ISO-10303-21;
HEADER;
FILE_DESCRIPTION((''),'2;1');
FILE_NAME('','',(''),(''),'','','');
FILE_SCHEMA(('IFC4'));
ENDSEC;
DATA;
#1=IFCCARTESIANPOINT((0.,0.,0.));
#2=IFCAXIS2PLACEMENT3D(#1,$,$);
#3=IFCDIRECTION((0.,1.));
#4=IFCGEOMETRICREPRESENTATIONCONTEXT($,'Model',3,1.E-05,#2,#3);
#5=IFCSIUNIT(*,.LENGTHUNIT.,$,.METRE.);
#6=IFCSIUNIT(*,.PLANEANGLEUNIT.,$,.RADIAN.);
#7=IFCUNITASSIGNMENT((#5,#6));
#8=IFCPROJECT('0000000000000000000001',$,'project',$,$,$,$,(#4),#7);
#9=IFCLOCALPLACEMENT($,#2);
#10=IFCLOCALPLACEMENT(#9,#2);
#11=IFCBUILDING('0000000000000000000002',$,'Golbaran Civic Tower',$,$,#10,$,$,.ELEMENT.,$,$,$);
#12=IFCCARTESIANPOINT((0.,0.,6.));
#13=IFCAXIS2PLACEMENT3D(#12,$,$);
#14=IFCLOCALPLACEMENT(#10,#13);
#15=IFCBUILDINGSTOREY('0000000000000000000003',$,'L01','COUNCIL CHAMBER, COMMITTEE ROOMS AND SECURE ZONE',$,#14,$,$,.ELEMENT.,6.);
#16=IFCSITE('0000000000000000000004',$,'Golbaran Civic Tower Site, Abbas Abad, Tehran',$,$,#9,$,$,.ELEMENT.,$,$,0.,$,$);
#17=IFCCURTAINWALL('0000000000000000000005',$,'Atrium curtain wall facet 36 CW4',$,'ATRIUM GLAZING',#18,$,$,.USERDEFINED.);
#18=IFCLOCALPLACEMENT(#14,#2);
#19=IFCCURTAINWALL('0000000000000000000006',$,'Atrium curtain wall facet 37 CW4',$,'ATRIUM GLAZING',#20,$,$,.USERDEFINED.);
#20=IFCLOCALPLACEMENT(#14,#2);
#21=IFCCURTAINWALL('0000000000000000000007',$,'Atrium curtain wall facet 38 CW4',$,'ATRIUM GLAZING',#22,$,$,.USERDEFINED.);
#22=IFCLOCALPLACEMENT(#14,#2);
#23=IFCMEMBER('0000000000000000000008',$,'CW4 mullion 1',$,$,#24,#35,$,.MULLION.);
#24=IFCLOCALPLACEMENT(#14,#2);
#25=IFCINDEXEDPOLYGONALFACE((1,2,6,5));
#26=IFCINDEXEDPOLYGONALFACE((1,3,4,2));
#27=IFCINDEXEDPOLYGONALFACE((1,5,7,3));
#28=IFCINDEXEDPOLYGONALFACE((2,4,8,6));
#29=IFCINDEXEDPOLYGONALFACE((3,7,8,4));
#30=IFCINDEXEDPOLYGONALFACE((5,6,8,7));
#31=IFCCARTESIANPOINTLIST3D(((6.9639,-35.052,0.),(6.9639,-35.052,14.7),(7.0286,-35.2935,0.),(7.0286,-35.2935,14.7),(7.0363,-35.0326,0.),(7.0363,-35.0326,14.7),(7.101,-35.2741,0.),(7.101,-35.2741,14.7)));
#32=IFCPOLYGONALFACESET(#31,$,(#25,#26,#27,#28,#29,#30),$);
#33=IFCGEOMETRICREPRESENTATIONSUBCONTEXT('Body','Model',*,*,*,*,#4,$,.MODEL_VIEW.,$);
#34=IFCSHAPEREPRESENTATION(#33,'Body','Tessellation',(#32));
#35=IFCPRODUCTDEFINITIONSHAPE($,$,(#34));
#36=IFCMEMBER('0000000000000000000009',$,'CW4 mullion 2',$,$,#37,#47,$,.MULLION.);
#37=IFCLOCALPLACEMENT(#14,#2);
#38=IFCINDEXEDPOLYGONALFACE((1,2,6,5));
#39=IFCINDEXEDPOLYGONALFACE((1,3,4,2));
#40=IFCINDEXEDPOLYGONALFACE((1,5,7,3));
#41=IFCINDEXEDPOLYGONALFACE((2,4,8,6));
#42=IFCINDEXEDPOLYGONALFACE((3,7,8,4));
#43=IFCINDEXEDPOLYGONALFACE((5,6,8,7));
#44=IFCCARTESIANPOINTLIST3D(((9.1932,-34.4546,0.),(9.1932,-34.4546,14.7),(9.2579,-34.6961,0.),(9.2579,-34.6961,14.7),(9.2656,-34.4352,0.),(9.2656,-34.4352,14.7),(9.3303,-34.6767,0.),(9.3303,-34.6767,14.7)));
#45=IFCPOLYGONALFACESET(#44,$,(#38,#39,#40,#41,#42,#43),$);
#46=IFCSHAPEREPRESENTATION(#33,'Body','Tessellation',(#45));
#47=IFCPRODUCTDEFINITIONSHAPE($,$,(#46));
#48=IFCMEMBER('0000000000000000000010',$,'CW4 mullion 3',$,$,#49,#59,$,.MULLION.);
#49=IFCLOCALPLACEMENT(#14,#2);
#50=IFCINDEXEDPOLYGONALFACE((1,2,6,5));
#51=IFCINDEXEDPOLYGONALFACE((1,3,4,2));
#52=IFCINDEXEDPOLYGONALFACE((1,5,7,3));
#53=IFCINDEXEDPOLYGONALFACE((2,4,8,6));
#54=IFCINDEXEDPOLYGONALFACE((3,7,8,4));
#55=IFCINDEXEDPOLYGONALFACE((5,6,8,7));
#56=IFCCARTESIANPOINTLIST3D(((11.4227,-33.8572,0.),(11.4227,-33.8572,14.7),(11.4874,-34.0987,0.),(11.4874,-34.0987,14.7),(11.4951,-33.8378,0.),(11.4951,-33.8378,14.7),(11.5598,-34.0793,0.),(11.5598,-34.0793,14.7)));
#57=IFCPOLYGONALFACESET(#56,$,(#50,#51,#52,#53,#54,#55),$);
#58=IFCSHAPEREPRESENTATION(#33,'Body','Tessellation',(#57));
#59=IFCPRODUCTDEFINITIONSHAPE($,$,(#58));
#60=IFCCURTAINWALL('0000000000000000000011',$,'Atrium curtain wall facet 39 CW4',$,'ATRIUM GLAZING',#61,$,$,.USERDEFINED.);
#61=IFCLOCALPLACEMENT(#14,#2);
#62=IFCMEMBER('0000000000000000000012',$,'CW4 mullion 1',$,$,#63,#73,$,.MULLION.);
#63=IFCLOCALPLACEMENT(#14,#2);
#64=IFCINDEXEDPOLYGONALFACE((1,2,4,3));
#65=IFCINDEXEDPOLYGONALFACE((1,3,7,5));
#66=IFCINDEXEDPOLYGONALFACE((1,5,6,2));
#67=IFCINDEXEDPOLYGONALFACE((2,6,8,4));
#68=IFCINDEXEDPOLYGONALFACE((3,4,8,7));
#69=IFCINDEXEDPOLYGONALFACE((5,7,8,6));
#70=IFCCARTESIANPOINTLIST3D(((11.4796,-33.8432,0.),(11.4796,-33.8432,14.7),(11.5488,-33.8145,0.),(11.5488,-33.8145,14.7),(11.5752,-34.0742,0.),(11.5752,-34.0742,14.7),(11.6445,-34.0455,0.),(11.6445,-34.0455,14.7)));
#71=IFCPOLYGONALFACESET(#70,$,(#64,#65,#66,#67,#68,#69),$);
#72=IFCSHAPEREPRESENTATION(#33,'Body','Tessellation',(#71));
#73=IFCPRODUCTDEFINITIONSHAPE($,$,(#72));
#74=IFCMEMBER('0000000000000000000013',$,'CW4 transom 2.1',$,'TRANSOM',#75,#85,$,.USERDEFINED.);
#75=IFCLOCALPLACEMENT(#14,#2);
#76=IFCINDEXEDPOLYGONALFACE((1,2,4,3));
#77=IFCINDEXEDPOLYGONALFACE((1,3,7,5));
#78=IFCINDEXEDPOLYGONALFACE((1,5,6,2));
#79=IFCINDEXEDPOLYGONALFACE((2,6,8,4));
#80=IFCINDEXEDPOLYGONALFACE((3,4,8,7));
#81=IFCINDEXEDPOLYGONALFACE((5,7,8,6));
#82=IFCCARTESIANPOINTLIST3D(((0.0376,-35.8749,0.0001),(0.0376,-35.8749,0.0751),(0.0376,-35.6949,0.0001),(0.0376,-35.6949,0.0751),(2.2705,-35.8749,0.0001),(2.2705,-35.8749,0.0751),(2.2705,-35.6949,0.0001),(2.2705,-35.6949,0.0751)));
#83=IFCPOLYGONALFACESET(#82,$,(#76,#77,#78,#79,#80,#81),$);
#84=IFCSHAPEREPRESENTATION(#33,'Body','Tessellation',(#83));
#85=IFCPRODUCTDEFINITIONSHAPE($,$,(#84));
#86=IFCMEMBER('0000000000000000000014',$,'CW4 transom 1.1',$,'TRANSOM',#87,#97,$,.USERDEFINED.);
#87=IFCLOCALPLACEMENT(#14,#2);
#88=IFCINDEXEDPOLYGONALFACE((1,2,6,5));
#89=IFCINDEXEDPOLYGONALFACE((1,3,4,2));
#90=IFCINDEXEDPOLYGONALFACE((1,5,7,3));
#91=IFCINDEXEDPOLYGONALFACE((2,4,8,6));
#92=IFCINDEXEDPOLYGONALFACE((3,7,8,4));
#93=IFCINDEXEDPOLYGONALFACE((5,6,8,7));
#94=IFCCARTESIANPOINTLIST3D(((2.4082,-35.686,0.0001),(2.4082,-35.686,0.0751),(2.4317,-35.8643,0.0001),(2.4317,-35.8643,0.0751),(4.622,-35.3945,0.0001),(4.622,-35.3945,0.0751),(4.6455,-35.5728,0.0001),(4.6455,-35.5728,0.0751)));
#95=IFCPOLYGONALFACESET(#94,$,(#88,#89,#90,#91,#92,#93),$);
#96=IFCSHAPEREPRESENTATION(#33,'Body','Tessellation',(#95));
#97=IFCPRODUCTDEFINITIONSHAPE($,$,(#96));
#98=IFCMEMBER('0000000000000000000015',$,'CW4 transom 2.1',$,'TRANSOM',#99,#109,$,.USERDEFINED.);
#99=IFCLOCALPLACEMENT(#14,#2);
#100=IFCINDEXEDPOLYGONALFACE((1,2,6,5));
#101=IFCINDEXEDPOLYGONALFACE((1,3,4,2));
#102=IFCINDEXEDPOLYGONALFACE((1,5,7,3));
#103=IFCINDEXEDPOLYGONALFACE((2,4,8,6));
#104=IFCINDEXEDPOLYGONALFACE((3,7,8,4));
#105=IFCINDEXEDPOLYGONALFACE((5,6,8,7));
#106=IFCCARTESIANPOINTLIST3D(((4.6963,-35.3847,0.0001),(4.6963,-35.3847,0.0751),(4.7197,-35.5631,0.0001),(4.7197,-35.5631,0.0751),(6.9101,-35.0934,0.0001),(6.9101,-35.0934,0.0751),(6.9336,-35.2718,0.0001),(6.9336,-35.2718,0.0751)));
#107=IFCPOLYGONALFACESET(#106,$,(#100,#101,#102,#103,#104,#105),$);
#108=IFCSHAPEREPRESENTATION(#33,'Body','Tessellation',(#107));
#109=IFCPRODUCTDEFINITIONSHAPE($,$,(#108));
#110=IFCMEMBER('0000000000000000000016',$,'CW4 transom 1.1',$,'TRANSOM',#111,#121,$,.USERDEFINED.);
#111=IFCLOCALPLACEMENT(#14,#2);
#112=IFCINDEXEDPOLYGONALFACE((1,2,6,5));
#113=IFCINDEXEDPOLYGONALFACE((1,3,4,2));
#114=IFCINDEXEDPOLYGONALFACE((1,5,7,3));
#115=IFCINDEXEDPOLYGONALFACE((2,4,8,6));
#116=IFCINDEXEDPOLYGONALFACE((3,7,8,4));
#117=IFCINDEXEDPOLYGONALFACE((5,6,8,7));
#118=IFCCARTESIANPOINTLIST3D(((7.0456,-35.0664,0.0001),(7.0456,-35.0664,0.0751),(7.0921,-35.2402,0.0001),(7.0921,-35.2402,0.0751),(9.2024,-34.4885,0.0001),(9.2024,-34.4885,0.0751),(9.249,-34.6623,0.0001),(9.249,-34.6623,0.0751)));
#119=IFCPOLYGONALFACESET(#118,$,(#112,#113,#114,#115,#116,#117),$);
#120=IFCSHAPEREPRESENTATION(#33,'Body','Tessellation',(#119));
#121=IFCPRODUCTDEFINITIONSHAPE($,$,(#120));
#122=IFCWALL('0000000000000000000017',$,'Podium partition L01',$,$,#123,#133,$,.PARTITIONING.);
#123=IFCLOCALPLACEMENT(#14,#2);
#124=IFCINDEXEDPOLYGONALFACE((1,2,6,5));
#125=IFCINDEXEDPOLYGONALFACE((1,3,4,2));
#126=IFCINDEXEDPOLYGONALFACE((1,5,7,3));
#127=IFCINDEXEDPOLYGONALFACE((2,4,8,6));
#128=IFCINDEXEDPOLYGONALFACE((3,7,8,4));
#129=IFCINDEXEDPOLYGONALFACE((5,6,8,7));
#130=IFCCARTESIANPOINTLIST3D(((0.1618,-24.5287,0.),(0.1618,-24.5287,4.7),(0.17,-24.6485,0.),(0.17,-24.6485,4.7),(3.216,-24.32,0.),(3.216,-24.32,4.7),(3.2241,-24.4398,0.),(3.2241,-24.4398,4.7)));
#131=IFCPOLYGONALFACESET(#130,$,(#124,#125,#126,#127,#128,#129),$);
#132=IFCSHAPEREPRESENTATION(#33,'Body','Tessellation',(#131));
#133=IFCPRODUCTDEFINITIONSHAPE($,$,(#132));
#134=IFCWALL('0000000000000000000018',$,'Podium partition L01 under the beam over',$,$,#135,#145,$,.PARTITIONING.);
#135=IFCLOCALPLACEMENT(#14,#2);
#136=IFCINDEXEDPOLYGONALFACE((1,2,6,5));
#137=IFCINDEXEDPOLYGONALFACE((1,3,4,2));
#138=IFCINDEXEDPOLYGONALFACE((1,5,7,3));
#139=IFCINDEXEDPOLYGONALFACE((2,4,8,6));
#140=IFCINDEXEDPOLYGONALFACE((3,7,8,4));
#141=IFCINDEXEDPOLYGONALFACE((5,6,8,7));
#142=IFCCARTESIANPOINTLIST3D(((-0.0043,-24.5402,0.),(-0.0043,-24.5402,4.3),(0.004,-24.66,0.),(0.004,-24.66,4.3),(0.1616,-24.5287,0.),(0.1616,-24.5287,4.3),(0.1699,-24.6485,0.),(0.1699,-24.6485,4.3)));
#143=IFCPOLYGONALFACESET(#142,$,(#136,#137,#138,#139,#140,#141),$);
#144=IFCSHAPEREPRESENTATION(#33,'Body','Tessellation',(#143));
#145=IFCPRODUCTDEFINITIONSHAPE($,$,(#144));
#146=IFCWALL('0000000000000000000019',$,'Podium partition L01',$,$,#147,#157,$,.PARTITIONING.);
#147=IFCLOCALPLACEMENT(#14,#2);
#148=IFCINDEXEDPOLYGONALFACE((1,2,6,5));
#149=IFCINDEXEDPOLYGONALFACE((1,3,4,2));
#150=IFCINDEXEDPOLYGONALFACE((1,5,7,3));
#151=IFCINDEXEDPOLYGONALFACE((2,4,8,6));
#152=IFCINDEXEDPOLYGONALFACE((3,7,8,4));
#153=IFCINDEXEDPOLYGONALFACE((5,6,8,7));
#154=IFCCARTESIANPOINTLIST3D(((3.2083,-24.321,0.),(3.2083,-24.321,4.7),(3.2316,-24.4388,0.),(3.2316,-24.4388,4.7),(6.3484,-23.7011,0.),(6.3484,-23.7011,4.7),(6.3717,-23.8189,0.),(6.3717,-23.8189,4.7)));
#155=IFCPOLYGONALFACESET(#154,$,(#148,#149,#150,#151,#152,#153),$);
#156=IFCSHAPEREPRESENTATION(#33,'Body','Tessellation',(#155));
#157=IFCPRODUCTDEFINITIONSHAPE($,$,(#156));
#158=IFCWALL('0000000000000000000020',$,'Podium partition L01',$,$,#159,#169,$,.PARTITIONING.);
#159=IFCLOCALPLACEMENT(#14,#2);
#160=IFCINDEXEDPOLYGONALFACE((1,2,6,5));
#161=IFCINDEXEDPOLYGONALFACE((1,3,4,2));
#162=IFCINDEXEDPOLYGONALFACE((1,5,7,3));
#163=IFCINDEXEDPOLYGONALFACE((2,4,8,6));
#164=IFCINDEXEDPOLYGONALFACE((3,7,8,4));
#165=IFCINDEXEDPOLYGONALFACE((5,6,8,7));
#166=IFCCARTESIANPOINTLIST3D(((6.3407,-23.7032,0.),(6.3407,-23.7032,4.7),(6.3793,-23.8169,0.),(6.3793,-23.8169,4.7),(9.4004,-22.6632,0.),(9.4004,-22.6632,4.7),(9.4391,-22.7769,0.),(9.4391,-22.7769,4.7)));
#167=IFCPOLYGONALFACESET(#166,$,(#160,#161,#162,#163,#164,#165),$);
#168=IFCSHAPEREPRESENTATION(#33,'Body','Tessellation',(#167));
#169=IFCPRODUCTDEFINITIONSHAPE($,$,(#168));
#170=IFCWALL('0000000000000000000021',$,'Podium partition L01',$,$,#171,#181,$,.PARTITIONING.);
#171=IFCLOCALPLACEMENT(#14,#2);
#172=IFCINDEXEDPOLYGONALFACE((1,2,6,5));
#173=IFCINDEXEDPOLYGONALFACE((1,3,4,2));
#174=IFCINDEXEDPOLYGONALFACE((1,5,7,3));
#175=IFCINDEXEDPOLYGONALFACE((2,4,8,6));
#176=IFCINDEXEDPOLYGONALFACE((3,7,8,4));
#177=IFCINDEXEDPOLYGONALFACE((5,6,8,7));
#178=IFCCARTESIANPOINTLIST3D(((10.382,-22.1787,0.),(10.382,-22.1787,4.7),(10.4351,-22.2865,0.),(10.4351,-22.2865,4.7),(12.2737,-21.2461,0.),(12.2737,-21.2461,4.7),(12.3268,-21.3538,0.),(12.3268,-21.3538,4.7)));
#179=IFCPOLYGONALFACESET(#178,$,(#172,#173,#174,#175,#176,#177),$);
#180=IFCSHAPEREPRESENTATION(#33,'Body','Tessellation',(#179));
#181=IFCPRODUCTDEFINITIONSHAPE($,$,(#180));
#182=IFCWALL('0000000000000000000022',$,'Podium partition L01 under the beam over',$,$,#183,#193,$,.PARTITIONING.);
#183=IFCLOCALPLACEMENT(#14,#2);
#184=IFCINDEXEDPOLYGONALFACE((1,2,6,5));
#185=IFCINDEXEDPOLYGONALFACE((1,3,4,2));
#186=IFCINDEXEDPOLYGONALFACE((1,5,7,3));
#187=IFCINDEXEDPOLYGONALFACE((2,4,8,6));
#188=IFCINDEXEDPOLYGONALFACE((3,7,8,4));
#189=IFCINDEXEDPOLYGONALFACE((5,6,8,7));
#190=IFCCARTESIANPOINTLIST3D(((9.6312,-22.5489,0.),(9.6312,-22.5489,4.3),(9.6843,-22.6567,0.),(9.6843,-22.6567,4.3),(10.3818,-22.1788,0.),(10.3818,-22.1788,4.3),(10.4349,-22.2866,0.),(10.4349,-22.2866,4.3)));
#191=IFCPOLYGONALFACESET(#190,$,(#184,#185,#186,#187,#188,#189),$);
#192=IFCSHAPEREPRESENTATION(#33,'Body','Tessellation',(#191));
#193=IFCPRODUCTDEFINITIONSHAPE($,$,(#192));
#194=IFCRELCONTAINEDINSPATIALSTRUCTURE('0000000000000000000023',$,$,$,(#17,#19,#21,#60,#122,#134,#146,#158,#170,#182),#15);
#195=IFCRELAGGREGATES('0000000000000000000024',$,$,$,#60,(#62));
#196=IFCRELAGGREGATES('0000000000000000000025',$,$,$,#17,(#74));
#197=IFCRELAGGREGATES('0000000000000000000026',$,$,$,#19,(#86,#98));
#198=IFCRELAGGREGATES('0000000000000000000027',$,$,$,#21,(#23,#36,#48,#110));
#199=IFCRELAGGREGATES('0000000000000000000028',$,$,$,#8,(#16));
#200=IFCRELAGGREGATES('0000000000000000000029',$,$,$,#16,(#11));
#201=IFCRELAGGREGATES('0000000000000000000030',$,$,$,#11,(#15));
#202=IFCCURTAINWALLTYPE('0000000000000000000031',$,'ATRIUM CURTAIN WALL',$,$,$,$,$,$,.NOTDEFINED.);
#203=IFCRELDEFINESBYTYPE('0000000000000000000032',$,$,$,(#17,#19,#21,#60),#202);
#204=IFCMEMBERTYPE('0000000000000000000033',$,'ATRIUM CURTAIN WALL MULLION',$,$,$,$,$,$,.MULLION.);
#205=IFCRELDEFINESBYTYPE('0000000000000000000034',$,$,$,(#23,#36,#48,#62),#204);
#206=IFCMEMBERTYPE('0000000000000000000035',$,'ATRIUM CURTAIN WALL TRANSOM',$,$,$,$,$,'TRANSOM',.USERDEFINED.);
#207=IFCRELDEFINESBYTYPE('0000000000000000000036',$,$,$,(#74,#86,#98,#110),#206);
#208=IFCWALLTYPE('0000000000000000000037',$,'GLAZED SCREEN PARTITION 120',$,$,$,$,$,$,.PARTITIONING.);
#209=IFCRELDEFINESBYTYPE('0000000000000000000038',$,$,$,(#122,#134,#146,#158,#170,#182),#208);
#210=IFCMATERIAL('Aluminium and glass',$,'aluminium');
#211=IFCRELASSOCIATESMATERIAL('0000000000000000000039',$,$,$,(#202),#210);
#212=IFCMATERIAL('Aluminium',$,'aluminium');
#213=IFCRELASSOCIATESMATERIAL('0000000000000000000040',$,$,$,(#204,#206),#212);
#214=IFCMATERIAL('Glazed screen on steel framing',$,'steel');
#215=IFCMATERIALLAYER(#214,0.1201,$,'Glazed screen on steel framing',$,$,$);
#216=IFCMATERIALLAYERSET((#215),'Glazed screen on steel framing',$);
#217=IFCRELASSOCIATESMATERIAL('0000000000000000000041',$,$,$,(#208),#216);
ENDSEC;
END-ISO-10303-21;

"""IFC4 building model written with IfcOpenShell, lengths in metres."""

from ifc_helpers import new_model, si_unit, direction, frame, frame_2d, origin, origin_2d, place, context, subcontext, project, spatial, rectangle, extrude, material, layer, layer_set, material_profile, profile_set, type_object, element, aggregate, save


model = new_model("IFC4")

# Units and contexts
model_context = context("Model", 3, precision=1e-05, world=origin(), true_north=direction((0.0, 1.0)))
body_context = subcontext(model_context, "Body", "Model", "MODEL_VIEW")
ifc_project = project(units=[si_unit("LENGTHUNIT", "METRE"), si_unit("PLANEANGLEUNIT", "RADIAN")], contexts=[model_context])

# Site, building, storey
site_placement = place(None, origin())
site = spatial("IfcSite", under=ifc_project, at=site_placement, Name="Golbaran Civic Tower Site, Abbas Abad, Tehran", CompositionType="ELEMENT", RefElevation=0.0)
building_placement = place(site_placement, origin())
building = spatial("IfcBuilding", under=site, at=building_placement, Name="Golbaran Civic Tower", CompositionType="ELEMENT")
storey_placement = place(building_placement, frame((0.0, 0.0, 6.0)))
storey = spatial("IfcBuildingStorey", under=building, at=storey_placement, Name="L01", Description="COUNCIL CHAMBER, COMMITTEE ROOMS AND SECURE ZONE", CompositionType="ELEMENT", Elevation=6.0)

# Curtain wall
ifc_material_1 = material(Name="Aluminium and glass", Category="aluminium")
curtain_wall_type = type_object("IfcCurtainWallType", Name="ATRIUM CURTAIN WALL", PredefinedType="NOTDEFINED", material=ifc_material_1)
curtain_wall_1_placement = place(storey_placement, origin())
curtain_wall_1 = element("IfcCurtainWall", 1, at=curtain_wall_1_placement, inside=storey, type_object=curtain_wall_type, Name="Atrium curtain wall facet 36 CW4", ObjectType="ATRIUM GLAZING", PredefinedType="USERDEFINED")
ifc_material_2 = material(Name="Aluminium", Category="aluminium")
ifc_material_profile_1 = material_profile(ifc_material_2, rectangle(XDim=0.25, YDim=0.075, at=origin_2d()), Name="ATRIUM CURTAIN WALL MULLION")
ifc_profile_set_1 = profile_set([ifc_material_profile_1], Name="Aluminium")
member_type_1 = type_object("IfcMemberType", Name="ATRIUM CURTAIN WALL MULLION", PredefinedType="MULLION", material=ifc_profile_set_1)

# Curtain walls, members
curtain_wall_2_placement = place(storey_placement, origin())
curtain_wall_2 = element("IfcCurtainWall", 2, at=curtain_wall_2_placement, inside=storey, type_object=curtain_wall_type, Name="Atrium curtain wall facet 37 CW4", ObjectType="ATRIUM GLAZING", PredefinedType="USERDEFINED")
curtain_wall_3_placement = place(storey_placement, origin())
curtain_wall_3 = element("IfcCurtainWall", 3, at=curtain_wall_3_placement, inside=storey, type_object=curtain_wall_type, Name="Atrium curtain wall facet 38 CW4", ObjectType="ATRIUM GLAZING", PredefinedType="USERDEFINED")
member_1_placement = place(storey_placement, frame((7.0325, -35.1631, 0.0), z_axis=(0.0, 0.0, 1.0), x_axis=(-0.258819, 0.965926, 0.0)))
member_1 = element("IfcMember", 4, at=member_1_placement, type_object=member_type_1, Name="CW4 mullion 1", PredefinedType="MULLION", context=body_context, shape_type="SweptSolid", body=[
    extrude(rectangle(XDim=0.25, YDim=0.075, at=origin_2d()), origin(), (0.0, 0.0, 1.0), 14.7),
])
member_2_placement = place(storey_placement, frame((9.2617, -34.5657, 0.0), z_axis=(0.0, 0.0, 1.0), x_axis=(-0.258819, 0.965926, 0.0)))
member_2 = element("IfcMember", 5, at=member_2_placement, type_object=member_type_1, Name="CW4 mullion 2", PredefinedType="MULLION", context=body_context, shape_type="SweptSolid", body=[
    extrude(rectangle(XDim=0.25, YDim=0.075, at=origin_2d()), origin(), (0.0, 0.0, 1.0), 14.7),
])
member_3_placement = place(storey_placement, frame((11.4912, -33.9683, 0.0), z_axis=(0.0, 0.0, 1.0), x_axis=(-0.258819, 0.965926, 0.0)))
member_3 = element("IfcMember", 6, at=member_3_placement, type_object=member_type_1, Name="CW4 mullion 3", PredefinedType="MULLION", context=body_context, shape_type="SweptSolid", body=[
    extrude(rectangle(XDim=0.25, YDim=0.075, at=origin_2d()), origin(), (0.0, 0.0, 1.0), 14.7),
])

# Curtain wall, member
curtain_wall_4_placement = place(storey_placement, origin())
curtain_wall_4 = element("IfcCurtainWall", 7, at=curtain_wall_4_placement, inside=storey, type_object=curtain_wall_type, Name="Atrium curtain wall facet 39 CW4", ObjectType="ATRIUM GLAZING", PredefinedType="USERDEFINED")
member_4_placement = place(storey_placement, frame((11.562, -33.9443, 0.0), z_axis=(0.0, 0.0, 1.0), x_axis=(-0.382683, 0.92388, 0.0)))
member_4 = element("IfcMember", 8, at=member_4_placement, type_object=member_type_1, Name="CW4 mullion 1", PredefinedType="MULLION", context=body_context, shape_type="SweptSolid", body=[
    extrude(rectangle(XDim=0.25, YDim=0.075, at=origin_2d()), origin(), (0.0, 0.0, 1.0), 14.7),
])
aggregate(curtain_wall_4, [member_4])

# Members
ifc_material_profile_2 = material_profile(ifc_material_2, rectangle(XDim=0.1799, YDim=0.075, at=origin_2d()), Name="ATRIUM CURTAIN WALL TRANSOM")
ifc_profile_set_2 = profile_set([ifc_material_profile_2], Name="Aluminium")
member_type_2 = type_object("IfcMemberType", Name="ATRIUM CURTAIN WALL TRANSOM", ElementType="TRANSOM", PredefinedType="USERDEFINED", material=ifc_profile_set_2)
member_5_placement = place(storey_placement, frame((0.0376, -35.7849, 0.0376), z_axis=(1.0, 0.0, 0.0), x_axis=(0.0, 1.0, 0.0)))
member_5 = element("IfcMember", 9, at=member_5_placement, type_object=member_type_2, Name="CW4 transom 2.1", ObjectType="TRANSOM", PredefinedType="USERDEFINED", context=body_context, shape_type="SweptSolid", body=[
    extrude(rectangle(XDim=0.1799, YDim=0.075, at=origin_2d()), origin(), (0.0, 0.0, 1.0), 2.2329),
])
aggregate(curtain_wall_1, [member_5])
member_6_placement = place(storey_placement, frame((2.4199, -35.7751, 0.0376), z_axis=(0.991442, 0.130545, 0.0), x_axis=(-0.130545, 0.991442, 0.0)))
member_6 = element("IfcMember", 10, at=member_6_placement, type_object=member_type_2, Name="CW4 transom 1.1", ObjectType="TRANSOM", PredefinedType="USERDEFINED", context=body_context, shape_type="SweptSolid", body=[
    extrude(rectangle(XDim=0.1799, YDim=0.075, at=origin_2d()), origin(), (0.0, 0.0, 1.0), 2.2329),
])
member_7_placement = place(storey_placement, frame((4.708, -35.4739, 0.0376), z_axis=(0.991457, 0.130438, 0.0), x_axis=(-0.130438, 0.991457, 0.0)))
member_7 = element("IfcMember", 11, at=member_7_placement, type_object=member_type_2, Name="CW4 transom 2.1", ObjectType="TRANSOM", PredefinedType="USERDEFINED", context=body_context, shape_type="SweptSolid", body=[
    extrude(rectangle(XDim=0.1799, YDim=0.075, at=origin_2d()), origin(), (0.0, 0.0, 1.0), 2.2329),
])
aggregate(curtain_wall_2, [member_6, member_7])
member_8_placement = place(storey_placement, frame((7.0688, -35.1533, 0.0376), z_axis=(0.965928, 0.258813, 0.0), x_axis=(-0.258813, 0.965928, 0.0)))
member_8 = element("IfcMember", 12, at=member_8_placement, type_object=member_type_2, Name="CW4 transom 1.1", ObjectType="TRANSOM", PredefinedType="USERDEFINED", context=body_context, shape_type="SweptSolid", body=[
    extrude(rectangle(XDim=0.1799, YDim=0.075, at=origin_2d()), origin(), (0.0, 0.0, 1.0), 2.2329),
])
aggregate(curtain_wall_3, [member_1, member_2, member_3, member_8])

# Walls
ifc_material_3 = material(Name="Glazed screen on steel framing", Category="steel")
ifc_layer = layer(ifc_material_3, 0.1201, Name="Glazed screen on steel framing")
ifc_layer_set = layer_set([ifc_layer], Name="Glazed screen on steel framing")
wall_type = type_object("IfcWallType", Name="GLAZED SCREEN PARTITION 120", PredefinedType="PARTITIONING", material=ifc_layer_set)
wall_1_placement = place(storey_placement, frame((0.1658, -24.5886, 0.0), z_axis=(0.0, 0.0, 1.0), x_axis=(0.997673, 0.068186, 0.0)))
element("IfcWall", 13, at=wall_1_placement, inside=storey, type_object=wall_type, Name="Podium partition L01", PredefinedType="PARTITIONING", context=body_context, shape_type="SweptSolid", body=[
    extrude(rectangle(XDim=3.0613, YDim=0.1201, at=frame_2d((1.5308, 0.0))), origin(), (0.0, 0.0, 1.0), 4.7),
])
wall_2_placement = place(storey_placement, frame((0.0, -24.6001, 0.0), z_axis=(0.0, 0.0, 1.0), x_axis=(0.997613, 0.069054, 0.0)))
element("IfcWall", 14, at=wall_2_placement, inside=storey, type_object=wall_type, Name="Podium partition L01 under the beam over", PredefinedType="PARTITIONING", context=body_context, shape_type="SweptSolid", body=[
    extrude(rectangle(XDim=0.1663, YDim=0.1201, at=frame_2d((0.083, 0.0))), origin(), (0.0, 0.0, 1.0), 4.3),
])
wall_3_placement = place(storey_placement, frame((3.22, -24.3799, 0.0), z_axis=(0.0, 0.0, 1.0), x_axis=(0.981068, 0.193666, 0.0)))
element("IfcWall", 15, at=wall_3_placement, inside=storey, type_object=wall_type, Name="Podium partition L01", PredefinedType="PARTITIONING", context=body_context, shape_type="SweptSolid", body=[
    extrude(rectangle(XDim=3.2007, YDim=0.1201, at=frame_2d((1.6003, 0.0))), origin(), (0.0, 0.0, 1.0), 4.7),
])
wall_4_placement = place(storey_placement, frame((6.3601, -23.76, 0.0), z_axis=(0.0, 0.0, 1.0), x_axis=(0.946801, 0.32182, 0.0)))
element("IfcWall", 16, at=wall_4_placement, inside=storey, type_object=wall_type, Name="Podium partition L01", PredefinedType="PARTITIONING", context=body_context, shape_type="SweptSolid", body=[
    extrude(rectangle(XDim=3.2317, YDim=0.1201, at=frame_2d((1.6157, 0.0))), origin(), (0.0, 0.0, 1.0), 4.7),
])
wall_5_placement = place(storey_placement, frame((10.4084, -22.2327, 0.0), z_axis=(0.0, 0.0, 1.0), x_axis=(0.896914, 0.442206, 0.0)))
element("IfcWall", 17, at=wall_5_placement, inside=storey, type_object=wall_type, Name="Podium partition L01", PredefinedType="PARTITIONING", context=body_context, shape_type="SweptSolid", body=[
    extrude(rectangle(XDim=2.1091, YDim=0.1201, at=frame_2d((1.0547, 0.0))), origin(), (0.0, 0.0, 1.0), 4.7),
])
wall_6_placement = place(storey_placement, frame((9.6577, -22.6028, 0.0), z_axis=(0.0, 0.0, 1.0), x_axis=(0.896922, 0.44219, 0.0)))
element("IfcWall", 18, at=wall_6_placement, inside=storey, type_object=wall_type, Name="Podium partition L01 under the beam over", PredefinedType="PARTITIONING", context=body_context, shape_type="SweptSolid", body=[
    extrude(rectangle(XDim=0.8369, YDim=0.1201, at=frame_2d((0.4185, 0.0))), origin(), (0.0, 0.0, 1.0), 4.3),
])

save(model, "model.ifc")
